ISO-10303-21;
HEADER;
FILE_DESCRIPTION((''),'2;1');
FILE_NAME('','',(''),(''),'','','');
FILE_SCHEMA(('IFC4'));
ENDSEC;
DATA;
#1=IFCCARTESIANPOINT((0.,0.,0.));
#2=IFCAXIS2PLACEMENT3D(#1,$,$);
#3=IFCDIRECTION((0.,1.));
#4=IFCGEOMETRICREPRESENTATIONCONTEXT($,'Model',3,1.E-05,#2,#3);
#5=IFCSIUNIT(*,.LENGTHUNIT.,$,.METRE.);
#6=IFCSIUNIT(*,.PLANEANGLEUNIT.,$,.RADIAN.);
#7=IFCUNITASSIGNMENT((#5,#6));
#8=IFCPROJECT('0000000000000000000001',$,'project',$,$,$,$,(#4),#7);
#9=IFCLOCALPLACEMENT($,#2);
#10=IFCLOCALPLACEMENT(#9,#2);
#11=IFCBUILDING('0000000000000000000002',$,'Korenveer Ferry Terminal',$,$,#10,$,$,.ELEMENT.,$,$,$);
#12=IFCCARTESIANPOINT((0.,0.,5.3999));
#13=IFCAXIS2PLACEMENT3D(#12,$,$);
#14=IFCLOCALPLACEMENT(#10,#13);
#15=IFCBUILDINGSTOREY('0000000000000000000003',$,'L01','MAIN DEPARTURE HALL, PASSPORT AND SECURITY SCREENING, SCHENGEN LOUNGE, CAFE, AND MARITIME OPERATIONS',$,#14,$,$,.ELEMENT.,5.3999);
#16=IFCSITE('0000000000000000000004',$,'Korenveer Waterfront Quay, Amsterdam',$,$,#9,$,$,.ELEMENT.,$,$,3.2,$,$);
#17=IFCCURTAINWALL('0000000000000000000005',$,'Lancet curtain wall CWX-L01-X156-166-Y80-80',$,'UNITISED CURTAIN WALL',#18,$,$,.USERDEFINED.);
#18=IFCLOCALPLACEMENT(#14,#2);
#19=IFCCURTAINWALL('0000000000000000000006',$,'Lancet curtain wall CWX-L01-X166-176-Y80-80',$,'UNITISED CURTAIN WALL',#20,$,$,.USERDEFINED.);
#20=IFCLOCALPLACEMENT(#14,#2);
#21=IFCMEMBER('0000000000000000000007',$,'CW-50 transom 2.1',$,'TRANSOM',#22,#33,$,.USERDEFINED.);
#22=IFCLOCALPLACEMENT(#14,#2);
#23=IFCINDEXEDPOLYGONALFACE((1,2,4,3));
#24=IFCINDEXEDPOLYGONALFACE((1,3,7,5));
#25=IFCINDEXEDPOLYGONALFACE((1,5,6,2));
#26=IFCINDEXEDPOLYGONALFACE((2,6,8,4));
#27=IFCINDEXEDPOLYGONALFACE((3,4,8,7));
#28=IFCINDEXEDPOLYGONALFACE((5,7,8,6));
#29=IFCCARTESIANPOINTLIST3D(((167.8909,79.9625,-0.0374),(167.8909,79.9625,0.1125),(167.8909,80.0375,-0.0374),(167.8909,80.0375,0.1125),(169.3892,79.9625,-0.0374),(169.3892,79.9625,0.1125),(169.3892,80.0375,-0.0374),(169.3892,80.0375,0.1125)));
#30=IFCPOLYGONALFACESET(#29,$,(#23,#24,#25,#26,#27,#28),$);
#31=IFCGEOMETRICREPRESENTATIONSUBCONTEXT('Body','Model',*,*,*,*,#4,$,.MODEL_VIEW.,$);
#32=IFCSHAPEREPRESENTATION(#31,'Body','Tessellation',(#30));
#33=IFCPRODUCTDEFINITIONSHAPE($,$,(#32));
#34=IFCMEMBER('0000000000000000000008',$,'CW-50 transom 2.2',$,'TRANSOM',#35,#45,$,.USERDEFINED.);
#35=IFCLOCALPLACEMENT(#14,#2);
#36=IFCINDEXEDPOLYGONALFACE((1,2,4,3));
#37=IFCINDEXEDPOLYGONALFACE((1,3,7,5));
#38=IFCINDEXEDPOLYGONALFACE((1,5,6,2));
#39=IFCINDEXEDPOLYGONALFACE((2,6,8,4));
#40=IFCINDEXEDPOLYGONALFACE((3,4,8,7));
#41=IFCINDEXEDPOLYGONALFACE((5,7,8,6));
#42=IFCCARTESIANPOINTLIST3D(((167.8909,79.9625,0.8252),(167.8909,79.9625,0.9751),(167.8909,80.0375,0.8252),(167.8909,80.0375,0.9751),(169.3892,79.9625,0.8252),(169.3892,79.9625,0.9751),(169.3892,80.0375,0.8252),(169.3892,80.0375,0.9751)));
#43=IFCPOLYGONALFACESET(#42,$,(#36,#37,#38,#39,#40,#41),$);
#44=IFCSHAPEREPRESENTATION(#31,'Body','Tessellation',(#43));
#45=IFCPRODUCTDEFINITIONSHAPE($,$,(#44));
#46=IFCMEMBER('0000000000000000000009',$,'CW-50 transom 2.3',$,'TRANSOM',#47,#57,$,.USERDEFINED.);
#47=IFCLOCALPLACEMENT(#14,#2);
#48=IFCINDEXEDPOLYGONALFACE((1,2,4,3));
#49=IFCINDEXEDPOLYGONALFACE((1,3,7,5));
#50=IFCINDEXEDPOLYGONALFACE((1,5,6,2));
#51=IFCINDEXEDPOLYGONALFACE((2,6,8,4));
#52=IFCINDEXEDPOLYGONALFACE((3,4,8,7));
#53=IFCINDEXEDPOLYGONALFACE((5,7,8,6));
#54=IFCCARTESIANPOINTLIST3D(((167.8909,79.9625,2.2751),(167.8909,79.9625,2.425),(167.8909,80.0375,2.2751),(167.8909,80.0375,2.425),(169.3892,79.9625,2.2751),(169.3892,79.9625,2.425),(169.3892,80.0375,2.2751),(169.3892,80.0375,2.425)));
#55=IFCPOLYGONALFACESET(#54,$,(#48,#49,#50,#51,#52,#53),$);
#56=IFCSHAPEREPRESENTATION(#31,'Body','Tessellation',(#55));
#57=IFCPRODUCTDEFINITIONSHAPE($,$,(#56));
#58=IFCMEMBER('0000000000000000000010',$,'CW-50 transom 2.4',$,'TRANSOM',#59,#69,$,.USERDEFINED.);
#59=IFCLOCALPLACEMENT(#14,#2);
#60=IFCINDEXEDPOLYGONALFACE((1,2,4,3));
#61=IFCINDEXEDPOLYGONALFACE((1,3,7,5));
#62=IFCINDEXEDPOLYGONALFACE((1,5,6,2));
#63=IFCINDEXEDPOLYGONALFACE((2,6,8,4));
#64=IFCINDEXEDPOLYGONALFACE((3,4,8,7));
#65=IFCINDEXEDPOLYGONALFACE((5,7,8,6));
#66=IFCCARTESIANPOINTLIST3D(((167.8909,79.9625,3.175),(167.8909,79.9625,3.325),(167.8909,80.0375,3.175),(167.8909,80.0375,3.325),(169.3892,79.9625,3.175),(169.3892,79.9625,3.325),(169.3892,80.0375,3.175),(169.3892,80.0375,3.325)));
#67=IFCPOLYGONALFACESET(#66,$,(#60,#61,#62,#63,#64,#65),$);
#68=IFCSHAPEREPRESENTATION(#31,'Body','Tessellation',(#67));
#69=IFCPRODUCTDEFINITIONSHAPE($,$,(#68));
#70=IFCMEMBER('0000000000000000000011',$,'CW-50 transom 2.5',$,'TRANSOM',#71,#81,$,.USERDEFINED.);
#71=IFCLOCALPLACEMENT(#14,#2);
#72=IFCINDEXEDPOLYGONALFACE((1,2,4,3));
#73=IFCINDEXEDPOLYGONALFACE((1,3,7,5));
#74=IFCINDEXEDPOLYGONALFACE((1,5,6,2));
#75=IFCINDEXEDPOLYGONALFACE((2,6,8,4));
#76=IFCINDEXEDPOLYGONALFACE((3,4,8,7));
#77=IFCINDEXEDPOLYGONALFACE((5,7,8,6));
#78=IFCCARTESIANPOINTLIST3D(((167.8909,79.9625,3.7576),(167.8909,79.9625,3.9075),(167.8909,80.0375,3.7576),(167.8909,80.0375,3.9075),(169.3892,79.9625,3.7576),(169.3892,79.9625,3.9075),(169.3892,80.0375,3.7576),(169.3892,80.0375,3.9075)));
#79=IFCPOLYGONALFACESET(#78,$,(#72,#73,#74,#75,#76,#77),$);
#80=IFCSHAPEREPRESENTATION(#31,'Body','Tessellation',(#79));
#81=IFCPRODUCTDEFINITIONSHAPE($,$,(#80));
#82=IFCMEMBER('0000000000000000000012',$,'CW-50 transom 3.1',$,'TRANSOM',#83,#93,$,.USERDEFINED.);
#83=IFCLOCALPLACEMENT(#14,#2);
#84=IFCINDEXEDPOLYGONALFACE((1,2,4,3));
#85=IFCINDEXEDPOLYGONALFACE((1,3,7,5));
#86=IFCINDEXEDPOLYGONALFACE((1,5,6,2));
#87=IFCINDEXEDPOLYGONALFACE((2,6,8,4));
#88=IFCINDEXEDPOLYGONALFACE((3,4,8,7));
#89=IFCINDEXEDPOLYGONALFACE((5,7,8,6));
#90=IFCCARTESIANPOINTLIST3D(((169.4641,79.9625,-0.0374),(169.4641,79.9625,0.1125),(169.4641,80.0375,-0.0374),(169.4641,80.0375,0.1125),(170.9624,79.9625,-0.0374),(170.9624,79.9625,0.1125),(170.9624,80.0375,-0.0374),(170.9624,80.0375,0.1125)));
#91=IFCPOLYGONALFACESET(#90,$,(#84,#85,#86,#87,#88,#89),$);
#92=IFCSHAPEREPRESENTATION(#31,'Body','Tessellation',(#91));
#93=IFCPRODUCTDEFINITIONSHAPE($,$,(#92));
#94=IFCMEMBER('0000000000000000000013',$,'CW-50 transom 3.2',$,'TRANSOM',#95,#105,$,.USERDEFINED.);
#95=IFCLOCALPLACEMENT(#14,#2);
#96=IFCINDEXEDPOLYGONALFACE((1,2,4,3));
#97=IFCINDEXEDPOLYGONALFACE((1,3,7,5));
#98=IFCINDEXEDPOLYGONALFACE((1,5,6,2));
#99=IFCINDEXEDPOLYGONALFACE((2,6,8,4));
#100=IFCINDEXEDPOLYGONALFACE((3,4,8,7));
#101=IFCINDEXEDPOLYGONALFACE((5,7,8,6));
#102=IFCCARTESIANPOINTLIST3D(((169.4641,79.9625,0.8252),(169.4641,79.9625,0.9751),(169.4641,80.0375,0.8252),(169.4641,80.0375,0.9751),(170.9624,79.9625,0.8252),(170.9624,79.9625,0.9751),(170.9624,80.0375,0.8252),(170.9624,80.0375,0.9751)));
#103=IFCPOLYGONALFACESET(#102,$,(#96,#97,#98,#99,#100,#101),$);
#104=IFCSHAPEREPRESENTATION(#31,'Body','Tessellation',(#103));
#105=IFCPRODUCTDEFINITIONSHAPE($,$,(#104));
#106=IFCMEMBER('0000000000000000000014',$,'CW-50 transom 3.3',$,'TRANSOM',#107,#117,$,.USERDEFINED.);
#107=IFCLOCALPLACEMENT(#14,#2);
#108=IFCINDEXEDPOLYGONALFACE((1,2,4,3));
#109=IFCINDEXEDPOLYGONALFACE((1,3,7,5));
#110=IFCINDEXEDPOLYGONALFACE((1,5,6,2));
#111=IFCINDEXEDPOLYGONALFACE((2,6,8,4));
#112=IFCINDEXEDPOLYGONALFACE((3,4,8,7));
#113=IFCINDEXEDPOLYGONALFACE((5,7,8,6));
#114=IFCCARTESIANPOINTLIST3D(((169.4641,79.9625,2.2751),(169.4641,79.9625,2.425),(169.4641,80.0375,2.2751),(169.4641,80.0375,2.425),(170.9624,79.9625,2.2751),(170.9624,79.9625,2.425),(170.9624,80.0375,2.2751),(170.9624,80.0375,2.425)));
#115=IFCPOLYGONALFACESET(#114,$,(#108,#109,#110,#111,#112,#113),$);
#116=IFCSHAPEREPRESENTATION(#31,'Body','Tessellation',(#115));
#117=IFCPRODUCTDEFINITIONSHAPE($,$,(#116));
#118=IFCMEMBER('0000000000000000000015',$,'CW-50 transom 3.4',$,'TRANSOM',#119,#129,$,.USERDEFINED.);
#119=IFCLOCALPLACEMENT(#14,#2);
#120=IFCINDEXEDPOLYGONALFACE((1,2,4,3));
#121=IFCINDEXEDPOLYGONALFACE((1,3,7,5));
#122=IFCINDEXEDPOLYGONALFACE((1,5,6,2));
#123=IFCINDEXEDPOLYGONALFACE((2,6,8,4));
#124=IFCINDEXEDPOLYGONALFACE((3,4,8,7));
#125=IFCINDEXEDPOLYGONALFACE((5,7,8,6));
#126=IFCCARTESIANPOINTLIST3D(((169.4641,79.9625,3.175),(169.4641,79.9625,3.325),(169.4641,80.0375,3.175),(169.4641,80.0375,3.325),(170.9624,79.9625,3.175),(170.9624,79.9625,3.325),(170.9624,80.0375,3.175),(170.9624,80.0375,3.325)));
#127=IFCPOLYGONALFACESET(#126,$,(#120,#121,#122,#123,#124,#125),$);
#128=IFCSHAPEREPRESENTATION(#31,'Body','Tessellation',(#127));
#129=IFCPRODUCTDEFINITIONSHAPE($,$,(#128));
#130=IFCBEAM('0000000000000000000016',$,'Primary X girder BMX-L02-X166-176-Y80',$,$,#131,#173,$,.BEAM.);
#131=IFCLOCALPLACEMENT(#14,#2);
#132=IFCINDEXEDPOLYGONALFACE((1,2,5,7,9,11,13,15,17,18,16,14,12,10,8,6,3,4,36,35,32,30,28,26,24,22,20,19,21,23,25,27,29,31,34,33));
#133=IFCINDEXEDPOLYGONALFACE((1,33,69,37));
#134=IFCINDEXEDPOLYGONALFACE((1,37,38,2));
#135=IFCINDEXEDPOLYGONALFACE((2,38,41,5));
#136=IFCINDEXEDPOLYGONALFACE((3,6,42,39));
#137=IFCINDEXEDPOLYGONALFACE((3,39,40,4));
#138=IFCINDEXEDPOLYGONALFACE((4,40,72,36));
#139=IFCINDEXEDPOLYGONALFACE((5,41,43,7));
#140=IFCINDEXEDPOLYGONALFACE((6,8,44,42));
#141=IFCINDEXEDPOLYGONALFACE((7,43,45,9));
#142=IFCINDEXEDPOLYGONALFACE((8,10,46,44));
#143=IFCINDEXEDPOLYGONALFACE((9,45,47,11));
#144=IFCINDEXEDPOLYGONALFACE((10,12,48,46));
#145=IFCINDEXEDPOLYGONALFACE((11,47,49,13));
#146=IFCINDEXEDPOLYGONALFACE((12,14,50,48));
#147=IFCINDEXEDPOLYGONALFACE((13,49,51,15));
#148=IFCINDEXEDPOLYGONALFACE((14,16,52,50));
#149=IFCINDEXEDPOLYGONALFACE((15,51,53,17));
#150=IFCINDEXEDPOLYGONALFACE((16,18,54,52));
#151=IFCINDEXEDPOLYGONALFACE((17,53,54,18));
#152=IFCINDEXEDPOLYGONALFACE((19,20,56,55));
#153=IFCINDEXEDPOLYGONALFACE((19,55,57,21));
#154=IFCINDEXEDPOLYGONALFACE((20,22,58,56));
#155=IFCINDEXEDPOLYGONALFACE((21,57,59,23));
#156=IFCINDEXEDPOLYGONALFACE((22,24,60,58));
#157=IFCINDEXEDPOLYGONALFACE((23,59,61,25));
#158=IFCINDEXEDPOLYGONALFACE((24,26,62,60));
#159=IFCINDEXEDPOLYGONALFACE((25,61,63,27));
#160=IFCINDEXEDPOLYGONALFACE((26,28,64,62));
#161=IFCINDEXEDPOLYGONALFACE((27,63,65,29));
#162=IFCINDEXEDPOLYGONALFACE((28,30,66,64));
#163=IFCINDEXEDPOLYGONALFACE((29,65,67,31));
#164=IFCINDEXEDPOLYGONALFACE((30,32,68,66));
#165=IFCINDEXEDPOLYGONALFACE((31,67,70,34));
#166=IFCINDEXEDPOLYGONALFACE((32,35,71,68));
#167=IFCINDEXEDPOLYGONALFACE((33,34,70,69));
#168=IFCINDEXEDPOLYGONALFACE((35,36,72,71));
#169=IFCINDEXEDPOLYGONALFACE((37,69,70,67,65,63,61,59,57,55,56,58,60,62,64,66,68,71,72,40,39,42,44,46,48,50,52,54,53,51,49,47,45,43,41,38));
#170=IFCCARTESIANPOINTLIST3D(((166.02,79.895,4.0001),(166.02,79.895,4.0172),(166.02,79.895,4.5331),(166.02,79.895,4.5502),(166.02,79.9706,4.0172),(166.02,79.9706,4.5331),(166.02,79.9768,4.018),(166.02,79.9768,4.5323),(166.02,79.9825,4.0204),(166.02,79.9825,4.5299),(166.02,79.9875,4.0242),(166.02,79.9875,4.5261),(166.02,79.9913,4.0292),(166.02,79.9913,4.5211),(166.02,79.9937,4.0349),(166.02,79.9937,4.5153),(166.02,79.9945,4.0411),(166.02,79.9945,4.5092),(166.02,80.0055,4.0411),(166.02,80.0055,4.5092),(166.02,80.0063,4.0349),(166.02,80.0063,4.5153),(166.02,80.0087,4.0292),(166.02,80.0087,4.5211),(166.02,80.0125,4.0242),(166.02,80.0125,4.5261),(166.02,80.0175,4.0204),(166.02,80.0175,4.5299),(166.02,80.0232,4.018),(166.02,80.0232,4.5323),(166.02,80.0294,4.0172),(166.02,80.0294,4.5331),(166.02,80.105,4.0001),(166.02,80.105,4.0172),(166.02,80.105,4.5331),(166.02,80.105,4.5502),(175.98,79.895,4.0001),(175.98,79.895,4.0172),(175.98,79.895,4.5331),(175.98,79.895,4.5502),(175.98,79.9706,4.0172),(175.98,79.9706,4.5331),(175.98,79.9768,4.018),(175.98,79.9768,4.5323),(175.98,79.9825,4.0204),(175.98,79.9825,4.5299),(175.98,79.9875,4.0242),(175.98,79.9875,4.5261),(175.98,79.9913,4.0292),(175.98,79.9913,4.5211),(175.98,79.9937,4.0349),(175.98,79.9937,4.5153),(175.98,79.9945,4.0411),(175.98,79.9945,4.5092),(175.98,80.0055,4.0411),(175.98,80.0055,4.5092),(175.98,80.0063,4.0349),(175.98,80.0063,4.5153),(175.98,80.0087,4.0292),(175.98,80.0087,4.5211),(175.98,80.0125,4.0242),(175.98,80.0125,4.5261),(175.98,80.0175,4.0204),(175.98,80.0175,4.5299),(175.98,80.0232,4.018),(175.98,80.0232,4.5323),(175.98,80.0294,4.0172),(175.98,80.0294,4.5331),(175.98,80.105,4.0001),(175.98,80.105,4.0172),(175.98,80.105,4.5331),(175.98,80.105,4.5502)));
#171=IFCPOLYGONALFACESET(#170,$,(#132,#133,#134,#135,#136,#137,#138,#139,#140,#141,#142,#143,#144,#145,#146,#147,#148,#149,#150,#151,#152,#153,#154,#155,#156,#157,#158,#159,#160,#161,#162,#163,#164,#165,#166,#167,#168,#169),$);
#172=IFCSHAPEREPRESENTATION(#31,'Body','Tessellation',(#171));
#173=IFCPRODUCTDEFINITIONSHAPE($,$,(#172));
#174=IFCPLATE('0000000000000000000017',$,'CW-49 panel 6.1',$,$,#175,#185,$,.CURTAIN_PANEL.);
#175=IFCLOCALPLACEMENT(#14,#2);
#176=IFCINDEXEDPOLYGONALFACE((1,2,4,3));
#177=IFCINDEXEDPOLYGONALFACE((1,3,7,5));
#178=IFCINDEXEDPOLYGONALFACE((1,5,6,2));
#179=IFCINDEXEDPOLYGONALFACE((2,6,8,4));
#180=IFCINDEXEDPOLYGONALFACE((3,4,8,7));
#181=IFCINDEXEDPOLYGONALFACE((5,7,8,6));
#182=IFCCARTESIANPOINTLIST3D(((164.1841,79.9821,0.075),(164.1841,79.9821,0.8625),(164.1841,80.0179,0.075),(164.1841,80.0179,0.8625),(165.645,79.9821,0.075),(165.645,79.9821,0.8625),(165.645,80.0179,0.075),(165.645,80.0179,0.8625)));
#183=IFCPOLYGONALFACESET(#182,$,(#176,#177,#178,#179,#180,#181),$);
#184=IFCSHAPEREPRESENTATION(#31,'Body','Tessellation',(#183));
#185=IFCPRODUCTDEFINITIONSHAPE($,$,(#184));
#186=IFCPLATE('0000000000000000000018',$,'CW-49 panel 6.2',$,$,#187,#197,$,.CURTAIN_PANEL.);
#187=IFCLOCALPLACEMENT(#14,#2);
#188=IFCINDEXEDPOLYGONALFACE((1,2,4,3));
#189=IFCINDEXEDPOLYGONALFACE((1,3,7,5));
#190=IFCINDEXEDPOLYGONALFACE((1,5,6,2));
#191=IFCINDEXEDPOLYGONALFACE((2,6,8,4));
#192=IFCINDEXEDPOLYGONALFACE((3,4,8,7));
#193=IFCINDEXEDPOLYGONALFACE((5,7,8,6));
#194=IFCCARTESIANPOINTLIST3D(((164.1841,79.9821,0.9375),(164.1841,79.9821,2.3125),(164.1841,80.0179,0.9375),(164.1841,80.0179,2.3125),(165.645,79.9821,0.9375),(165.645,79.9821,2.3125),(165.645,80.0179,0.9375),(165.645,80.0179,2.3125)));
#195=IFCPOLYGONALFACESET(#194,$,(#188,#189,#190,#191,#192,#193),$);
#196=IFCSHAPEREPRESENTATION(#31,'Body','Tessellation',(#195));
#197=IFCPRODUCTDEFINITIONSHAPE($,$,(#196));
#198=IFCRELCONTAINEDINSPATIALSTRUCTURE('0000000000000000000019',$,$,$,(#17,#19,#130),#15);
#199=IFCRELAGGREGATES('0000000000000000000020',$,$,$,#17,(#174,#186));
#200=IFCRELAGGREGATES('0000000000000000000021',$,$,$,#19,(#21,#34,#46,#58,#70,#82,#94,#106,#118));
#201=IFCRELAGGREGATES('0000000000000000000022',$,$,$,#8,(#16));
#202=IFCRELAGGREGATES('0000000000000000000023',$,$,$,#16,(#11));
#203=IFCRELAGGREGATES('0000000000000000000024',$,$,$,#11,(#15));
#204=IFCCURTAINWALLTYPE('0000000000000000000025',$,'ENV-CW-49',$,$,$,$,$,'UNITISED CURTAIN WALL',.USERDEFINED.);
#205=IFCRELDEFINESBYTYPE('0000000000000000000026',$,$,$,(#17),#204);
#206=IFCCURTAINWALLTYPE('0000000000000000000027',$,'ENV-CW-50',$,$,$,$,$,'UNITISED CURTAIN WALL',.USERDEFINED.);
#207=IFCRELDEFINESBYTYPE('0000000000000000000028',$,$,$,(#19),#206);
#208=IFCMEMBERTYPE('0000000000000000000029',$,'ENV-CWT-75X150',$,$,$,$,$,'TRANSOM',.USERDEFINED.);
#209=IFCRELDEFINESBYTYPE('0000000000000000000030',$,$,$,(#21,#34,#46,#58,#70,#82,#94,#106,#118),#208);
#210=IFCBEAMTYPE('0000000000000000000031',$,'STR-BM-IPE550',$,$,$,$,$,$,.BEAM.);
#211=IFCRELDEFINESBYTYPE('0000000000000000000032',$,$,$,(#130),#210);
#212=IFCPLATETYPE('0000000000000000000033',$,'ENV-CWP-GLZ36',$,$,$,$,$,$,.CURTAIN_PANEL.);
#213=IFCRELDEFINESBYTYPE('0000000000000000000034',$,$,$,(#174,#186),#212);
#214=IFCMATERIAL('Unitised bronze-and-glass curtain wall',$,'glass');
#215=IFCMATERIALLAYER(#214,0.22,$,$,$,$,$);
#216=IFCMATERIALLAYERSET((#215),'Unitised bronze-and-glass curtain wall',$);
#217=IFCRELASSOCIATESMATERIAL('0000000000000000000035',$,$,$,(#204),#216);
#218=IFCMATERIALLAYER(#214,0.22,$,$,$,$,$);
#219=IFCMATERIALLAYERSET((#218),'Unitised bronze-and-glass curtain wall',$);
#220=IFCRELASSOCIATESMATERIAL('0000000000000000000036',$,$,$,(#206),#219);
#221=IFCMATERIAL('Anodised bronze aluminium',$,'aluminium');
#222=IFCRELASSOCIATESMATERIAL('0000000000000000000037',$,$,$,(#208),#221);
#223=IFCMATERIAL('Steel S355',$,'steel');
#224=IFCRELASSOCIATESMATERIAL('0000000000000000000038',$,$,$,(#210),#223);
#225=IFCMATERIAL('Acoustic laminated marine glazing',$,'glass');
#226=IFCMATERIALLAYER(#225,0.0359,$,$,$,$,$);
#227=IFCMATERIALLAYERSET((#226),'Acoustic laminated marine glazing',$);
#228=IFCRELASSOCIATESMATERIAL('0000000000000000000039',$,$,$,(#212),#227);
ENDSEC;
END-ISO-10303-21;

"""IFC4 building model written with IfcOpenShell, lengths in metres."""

from ifc_helpers import new_model, si_unit, direction, frame, origin, origin_2d, place, context, subcontext, project, spatial, rectangle, i_section, extrude, material, layer, layer_set, material_profile, profile_set, type_object, element, aggregate, save


model = new_model("IFC4")

# Units and contexts
model_context = context("Model", 3, precision=1e-05, world=origin(), true_north=direction((0.0, 1.0)))
body_context = subcontext(model_context, "Body", "Model", "MODEL_VIEW")
ifc_project = project(units=[si_unit("LENGTHUNIT", "METRE"), si_unit("PLANEANGLEUNIT", "RADIAN")], contexts=[model_context])

# Site, building, storey
site_placement = place(None, origin())
site = spatial("IfcSite", under=ifc_project, at=site_placement, Name="Korenveer Waterfront Quay, Amsterdam", CompositionType="ELEMENT", RefElevation=3.2)
building_placement = place(site_placement, origin())
building = spatial("IfcBuilding", under=site, at=building_placement, Name="Korenveer Ferry Terminal", CompositionType="ELEMENT")
storey_placement = place(building_placement, frame((0.0, 0.0, 5.3999)))
storey = spatial("IfcBuildingStorey", under=building, at=storey_placement, Name="L01", Description="MAIN DEPARTURE HALL, PASSPORT AND SECURITY SCREENING, SCHENGEN LOUNGE, CAFE, AND MARITIME OPERATIONS", CompositionType="ELEMENT", Elevation=5.3999)

# Curtain wall
ifc_material_1 = material(Name="Unitised bronze-and-glass curtain wall", Category="glass")
ifc_layer_1 = layer(ifc_material_1, 0.22)
ifc_layer_set_1 = layer_set([ifc_layer_1], Name="Unitised bronze-and-glass curtain wall")
curtain_wall_type_1 = type_object("IfcCurtainWallType", Name="ENV-CW-49", ElementType="UNITISED CURTAIN WALL", PredefinedType="USERDEFINED", material=ifc_layer_set_1)
curtain_wall_1_placement = place(storey_placement, frame((156.28, 80.0, 0.0)))
curtain_wall_1 = element("IfcCurtainWall", 1, at=curtain_wall_1_placement, inside=storey, type_object=curtain_wall_type_1, Name="Lancet curtain wall CWX-L01-X156-166-Y80-80", ObjectType="UNITISED CURTAIN WALL", PredefinedType="USERDEFINED")
ifc_material_2 = material(Name="Anodised bronze aluminium", Category="aluminium")

# Curtain wall
ifc_layer_2 = layer(ifc_material_1, 0.22)
ifc_layer_set_2 = layer_set([ifc_layer_2], Name="Unitised bronze-and-glass curtain wall")
curtain_wall_type_2 = type_object("IfcCurtainWallType", Name="ENV-CW-50", ElementType="UNITISED CURTAIN WALL", PredefinedType="USERDEFINED", material=ifc_layer_set_2)
curtain_wall_2_placement = place(storey_placement, frame((166.28, 80.0, 0.0)))
curtain_wall_2 = element("IfcCurtainWall", 2, at=curtain_wall_2_placement, inside=storey, type_object=curtain_wall_type_2, Name="Lancet curtain wall CWX-L01-X166-176-Y80-80", ObjectType="UNITISED CURTAIN WALL", PredefinedType="USERDEFINED")

# Members
ifc_material_profile_1 = material_profile(ifc_material_2, rectangle(XDim=0.075, YDim=0.1499, at=origin_2d()), Name="ALU 75x150")
ifc_profile_set_1 = profile_set([ifc_material_profile_1], Name="Anodised bronze aluminium")
member_type_1 = type_object("IfcMemberType", Name="ENV-CWT-75X150", ElementType="TRANSOM", PredefinedType="USERDEFINED", material=ifc_profile_set_1)
member_1_placement = place(storey_placement, frame((167.8909, 80.0, 0.0376), z_axis=(1.0, 0.0, 0.0), x_axis=(0.0, 1.0, 0.0)))
member_1 = element("IfcMember", 3, at=member_1_placement, type_object=member_type_1, Name="CW-50 transom 2.1", ObjectType="TRANSOM", PredefinedType="USERDEFINED", context=body_context, shape_type="SweptSolid", body=[
    extrude(rectangle(XDim=0.075, YDim=0.1499, at=origin_2d()), origin(), (0.0, 0.0, 1.0), 1.4983),
])
member_2_placement = place(storey_placement, frame((167.8909, 80.0, 0.9001), z_axis=(1.0, 0.0, 0.0), x_axis=(0.0, 1.0, 0.0)))
member_2 = element("IfcMember", 4, at=member_2_placement, type_object=member_type_1, Name="CW-50 transom 2.2", ObjectType="TRANSOM", PredefinedType="USERDEFINED", context=body_context, shape_type="SweptSolid", body=[
    extrude(rectangle(XDim=0.075, YDim=0.1499, at=origin_2d()), origin(), (0.0, 0.0, 1.0), 1.4983),
])
member_3_placement = place(storey_placement, frame((167.8909, 80.0, 2.3501), z_axis=(1.0, 0.0, 0.0), x_axis=(0.0, 1.0, 0.0)))
member_3 = element("IfcMember", 5, at=member_3_placement, type_object=member_type_1, Name="CW-50 transom 2.3", ObjectType="TRANSOM", PredefinedType="USERDEFINED", context=body_context, shape_type="SweptSolid", body=[
    extrude(rectangle(XDim=0.075, YDim=0.1499, at=origin_2d()), origin(), (0.0, 0.0, 1.0), 1.4983),
])
member_4_placement = place(storey_placement, frame((167.8909, 80.0, 3.25), z_axis=(1.0, 0.0, 0.0), x_axis=(0.0, 1.0, 0.0)))
member_4 = element("IfcMember", 6, at=member_4_placement, type_object=member_type_1, Name="CW-50 transom 2.4", ObjectType="TRANSOM", PredefinedType="USERDEFINED", context=body_context, shape_type="SweptSolid", body=[
    extrude(rectangle(XDim=0.075, YDim=0.1499, at=origin_2d()), origin(), (0.0, 0.0, 1.0), 1.4983),
])
member_5_placement = place(storey_placement, frame((167.8909, 80.0, 3.8325), z_axis=(1.0, 0.0, 0.0), x_axis=(0.0, 1.0, 0.0)))
member_5 = element("IfcMember", 7, at=member_5_placement, type_object=member_type_1, Name="CW-50 transom 2.5", ObjectType="TRANSOM", PredefinedType="USERDEFINED", context=body_context, shape_type="SweptSolid", body=[
    extrude(rectangle(XDim=0.075, YDim=0.1499, at=origin_2d()), origin(), (0.0, 0.0, 1.0), 1.4983),
])
member_6_placement = place(storey_placement, frame((169.4641, 80.0, 0.0376), z_axis=(1.0, 0.0, 0.0), x_axis=(0.0, 1.0, 0.0)))
member_6 = element("IfcMember", 8, at=member_6_placement, type_object=member_type_1, Name="CW-50 transom 3.1", ObjectType="TRANSOM", PredefinedType="USERDEFINED", context=body_context, shape_type="SweptSolid", body=[
    extrude(rectangle(XDim=0.075, YDim=0.1499, at=origin_2d()), origin(), (0.0, 0.0, 1.0), 1.4983),
])
member_7_placement = place(storey_placement, frame((169.4641, 80.0, 0.9001), z_axis=(1.0, 0.0, 0.0), x_axis=(0.0, 1.0, 0.0)))
member_7 = element("IfcMember", 9, at=member_7_placement, type_object=member_type_1, Name="CW-50 transom 3.2", ObjectType="TRANSOM", PredefinedType="USERDEFINED", context=body_context, shape_type="SweptSolid", body=[
    extrude(rectangle(XDim=0.075, YDim=0.1499, at=origin_2d()), origin(), (0.0, 0.0, 1.0), 1.4983),
])
member_8_placement = place(storey_placement, frame((169.4641, 80.0, 2.3501), z_axis=(1.0, 0.0, 0.0), x_axis=(0.0, 1.0, 0.0)))
member_8 = element("IfcMember", 10, at=member_8_placement, type_object=member_type_1, Name="CW-50 transom 3.3", ObjectType="TRANSOM", PredefinedType="USERDEFINED", context=body_context, shape_type="SweptSolid", body=[
    extrude(rectangle(XDim=0.075, YDim=0.1499, at=origin_2d()), origin(), (0.0, 0.0, 1.0), 1.4983),
])
member_9_placement = place(storey_placement, frame((169.4641, 80.0, 3.25), z_axis=(1.0, 0.0, 0.0), x_axis=(0.0, 1.0, 0.0)))
member_9 = element("IfcMember", 11, at=member_9_placement, type_object=member_type_1, Name="CW-50 transom 3.4", ObjectType="TRANSOM", PredefinedType="USERDEFINED", context=body_context, shape_type="SweptSolid", body=[
    extrude(rectangle(XDim=0.075, YDim=0.1499, at=origin_2d()), origin(), (0.0, 0.0, 1.0), 1.4983),
])

# Beam
ifc_material_3 = material(Name="Steel S355", Category="steel")
ifc_material_profile_2 = material_profile(ifc_material_3, i_section(OverallWidth=0.21, OverallDepth=0.55, WebThickness=0.011, FlangeThickness=0.0171, FilletRadius=0.0239, at=origin_2d()), Name="IPE 550")
ifc_profile_set_2 = profile_set([ifc_material_profile_2], Name="Steel S355")
beam_type = type_object("IfcBeamType", Name="STR-BM-IPE550", PredefinedType="BEAM", material=ifc_profile_set_2)
beam_placement = place(storey_placement, frame((166.02, 80.0, 4.2751), z_axis=(1.0, 0.0, 0.0), x_axis=(0.0, 1.0, 0.0)))
element("IfcBeam", 12, at=beam_placement, inside=storey, type_object=beam_type, Name="Primary X girder BMX-L02-X166-176-Y80", PredefinedType="BEAM", context=body_context, shape_type="SweptSolid", body=[
    extrude(i_section(OverallWidth=0.21, OverallDepth=0.55, WebThickness=0.011, FlangeThickness=0.0171, FilletRadius=0.0239, at=origin_2d()), origin(), (0.0, 0.0, 1.0), 9.96),
])

# Plates
ifc_material_4 = material(Name="Acoustic laminated marine glazing", Category="glass")
ifc_layer_3 = layer(ifc_material_4, 0.0359)
ifc_layer_set_3 = layer_set([ifc_layer_3], Name="Acoustic laminated marine glazing")
plate_type = type_object("IfcPlateType", Name="ENV-CWP-GLZ36", PredefinedType="CURTAIN_PANEL", material=ifc_layer_set_3)
plate_1_placement = place(storey_placement, frame((164.9146, 80.0, 0.075), z_axis=(0.0, 0.0, 1.0), x_axis=(1.0, 0.0, 0.0)))
plate_1 = element("IfcPlate", 13, at=plate_1_placement, type_object=plate_type, Name="CW-49 panel 6.1", PredefinedType="CURTAIN_PANEL", context=body_context, shape_type="SweptSolid", body=[
    extrude(rectangle(XDim=1.4609, YDim=0.0359, at=origin_2d()), origin(), (0.0, 0.0, 1.0), 0.7876),
])
plate_2_placement = place(storey_placement, frame((164.9146, 80.0, 0.9375), z_axis=(0.0, 0.0, 1.0), x_axis=(1.0, 0.0, 0.0)))
plate_2 = element("IfcPlate", 14, at=plate_2_placement, type_object=plate_type, Name="CW-49 panel 6.2", PredefinedType="CURTAIN_PANEL", context=body_context, shape_type="SweptSolid", body=[
    extrude(rectangle(XDim=1.4609, YDim=0.0359, at=origin_2d()), origin(), (0.0, 0.0, 1.0), 1.375),
])
aggregate(curtain_wall_1, [plate_1, plate_2])
aggregate(curtain_wall_2, [member_1, member_2, member_3, member_4, member_5, member_6, member_7, member_8, member_9])

save(model, "model.ifc")
